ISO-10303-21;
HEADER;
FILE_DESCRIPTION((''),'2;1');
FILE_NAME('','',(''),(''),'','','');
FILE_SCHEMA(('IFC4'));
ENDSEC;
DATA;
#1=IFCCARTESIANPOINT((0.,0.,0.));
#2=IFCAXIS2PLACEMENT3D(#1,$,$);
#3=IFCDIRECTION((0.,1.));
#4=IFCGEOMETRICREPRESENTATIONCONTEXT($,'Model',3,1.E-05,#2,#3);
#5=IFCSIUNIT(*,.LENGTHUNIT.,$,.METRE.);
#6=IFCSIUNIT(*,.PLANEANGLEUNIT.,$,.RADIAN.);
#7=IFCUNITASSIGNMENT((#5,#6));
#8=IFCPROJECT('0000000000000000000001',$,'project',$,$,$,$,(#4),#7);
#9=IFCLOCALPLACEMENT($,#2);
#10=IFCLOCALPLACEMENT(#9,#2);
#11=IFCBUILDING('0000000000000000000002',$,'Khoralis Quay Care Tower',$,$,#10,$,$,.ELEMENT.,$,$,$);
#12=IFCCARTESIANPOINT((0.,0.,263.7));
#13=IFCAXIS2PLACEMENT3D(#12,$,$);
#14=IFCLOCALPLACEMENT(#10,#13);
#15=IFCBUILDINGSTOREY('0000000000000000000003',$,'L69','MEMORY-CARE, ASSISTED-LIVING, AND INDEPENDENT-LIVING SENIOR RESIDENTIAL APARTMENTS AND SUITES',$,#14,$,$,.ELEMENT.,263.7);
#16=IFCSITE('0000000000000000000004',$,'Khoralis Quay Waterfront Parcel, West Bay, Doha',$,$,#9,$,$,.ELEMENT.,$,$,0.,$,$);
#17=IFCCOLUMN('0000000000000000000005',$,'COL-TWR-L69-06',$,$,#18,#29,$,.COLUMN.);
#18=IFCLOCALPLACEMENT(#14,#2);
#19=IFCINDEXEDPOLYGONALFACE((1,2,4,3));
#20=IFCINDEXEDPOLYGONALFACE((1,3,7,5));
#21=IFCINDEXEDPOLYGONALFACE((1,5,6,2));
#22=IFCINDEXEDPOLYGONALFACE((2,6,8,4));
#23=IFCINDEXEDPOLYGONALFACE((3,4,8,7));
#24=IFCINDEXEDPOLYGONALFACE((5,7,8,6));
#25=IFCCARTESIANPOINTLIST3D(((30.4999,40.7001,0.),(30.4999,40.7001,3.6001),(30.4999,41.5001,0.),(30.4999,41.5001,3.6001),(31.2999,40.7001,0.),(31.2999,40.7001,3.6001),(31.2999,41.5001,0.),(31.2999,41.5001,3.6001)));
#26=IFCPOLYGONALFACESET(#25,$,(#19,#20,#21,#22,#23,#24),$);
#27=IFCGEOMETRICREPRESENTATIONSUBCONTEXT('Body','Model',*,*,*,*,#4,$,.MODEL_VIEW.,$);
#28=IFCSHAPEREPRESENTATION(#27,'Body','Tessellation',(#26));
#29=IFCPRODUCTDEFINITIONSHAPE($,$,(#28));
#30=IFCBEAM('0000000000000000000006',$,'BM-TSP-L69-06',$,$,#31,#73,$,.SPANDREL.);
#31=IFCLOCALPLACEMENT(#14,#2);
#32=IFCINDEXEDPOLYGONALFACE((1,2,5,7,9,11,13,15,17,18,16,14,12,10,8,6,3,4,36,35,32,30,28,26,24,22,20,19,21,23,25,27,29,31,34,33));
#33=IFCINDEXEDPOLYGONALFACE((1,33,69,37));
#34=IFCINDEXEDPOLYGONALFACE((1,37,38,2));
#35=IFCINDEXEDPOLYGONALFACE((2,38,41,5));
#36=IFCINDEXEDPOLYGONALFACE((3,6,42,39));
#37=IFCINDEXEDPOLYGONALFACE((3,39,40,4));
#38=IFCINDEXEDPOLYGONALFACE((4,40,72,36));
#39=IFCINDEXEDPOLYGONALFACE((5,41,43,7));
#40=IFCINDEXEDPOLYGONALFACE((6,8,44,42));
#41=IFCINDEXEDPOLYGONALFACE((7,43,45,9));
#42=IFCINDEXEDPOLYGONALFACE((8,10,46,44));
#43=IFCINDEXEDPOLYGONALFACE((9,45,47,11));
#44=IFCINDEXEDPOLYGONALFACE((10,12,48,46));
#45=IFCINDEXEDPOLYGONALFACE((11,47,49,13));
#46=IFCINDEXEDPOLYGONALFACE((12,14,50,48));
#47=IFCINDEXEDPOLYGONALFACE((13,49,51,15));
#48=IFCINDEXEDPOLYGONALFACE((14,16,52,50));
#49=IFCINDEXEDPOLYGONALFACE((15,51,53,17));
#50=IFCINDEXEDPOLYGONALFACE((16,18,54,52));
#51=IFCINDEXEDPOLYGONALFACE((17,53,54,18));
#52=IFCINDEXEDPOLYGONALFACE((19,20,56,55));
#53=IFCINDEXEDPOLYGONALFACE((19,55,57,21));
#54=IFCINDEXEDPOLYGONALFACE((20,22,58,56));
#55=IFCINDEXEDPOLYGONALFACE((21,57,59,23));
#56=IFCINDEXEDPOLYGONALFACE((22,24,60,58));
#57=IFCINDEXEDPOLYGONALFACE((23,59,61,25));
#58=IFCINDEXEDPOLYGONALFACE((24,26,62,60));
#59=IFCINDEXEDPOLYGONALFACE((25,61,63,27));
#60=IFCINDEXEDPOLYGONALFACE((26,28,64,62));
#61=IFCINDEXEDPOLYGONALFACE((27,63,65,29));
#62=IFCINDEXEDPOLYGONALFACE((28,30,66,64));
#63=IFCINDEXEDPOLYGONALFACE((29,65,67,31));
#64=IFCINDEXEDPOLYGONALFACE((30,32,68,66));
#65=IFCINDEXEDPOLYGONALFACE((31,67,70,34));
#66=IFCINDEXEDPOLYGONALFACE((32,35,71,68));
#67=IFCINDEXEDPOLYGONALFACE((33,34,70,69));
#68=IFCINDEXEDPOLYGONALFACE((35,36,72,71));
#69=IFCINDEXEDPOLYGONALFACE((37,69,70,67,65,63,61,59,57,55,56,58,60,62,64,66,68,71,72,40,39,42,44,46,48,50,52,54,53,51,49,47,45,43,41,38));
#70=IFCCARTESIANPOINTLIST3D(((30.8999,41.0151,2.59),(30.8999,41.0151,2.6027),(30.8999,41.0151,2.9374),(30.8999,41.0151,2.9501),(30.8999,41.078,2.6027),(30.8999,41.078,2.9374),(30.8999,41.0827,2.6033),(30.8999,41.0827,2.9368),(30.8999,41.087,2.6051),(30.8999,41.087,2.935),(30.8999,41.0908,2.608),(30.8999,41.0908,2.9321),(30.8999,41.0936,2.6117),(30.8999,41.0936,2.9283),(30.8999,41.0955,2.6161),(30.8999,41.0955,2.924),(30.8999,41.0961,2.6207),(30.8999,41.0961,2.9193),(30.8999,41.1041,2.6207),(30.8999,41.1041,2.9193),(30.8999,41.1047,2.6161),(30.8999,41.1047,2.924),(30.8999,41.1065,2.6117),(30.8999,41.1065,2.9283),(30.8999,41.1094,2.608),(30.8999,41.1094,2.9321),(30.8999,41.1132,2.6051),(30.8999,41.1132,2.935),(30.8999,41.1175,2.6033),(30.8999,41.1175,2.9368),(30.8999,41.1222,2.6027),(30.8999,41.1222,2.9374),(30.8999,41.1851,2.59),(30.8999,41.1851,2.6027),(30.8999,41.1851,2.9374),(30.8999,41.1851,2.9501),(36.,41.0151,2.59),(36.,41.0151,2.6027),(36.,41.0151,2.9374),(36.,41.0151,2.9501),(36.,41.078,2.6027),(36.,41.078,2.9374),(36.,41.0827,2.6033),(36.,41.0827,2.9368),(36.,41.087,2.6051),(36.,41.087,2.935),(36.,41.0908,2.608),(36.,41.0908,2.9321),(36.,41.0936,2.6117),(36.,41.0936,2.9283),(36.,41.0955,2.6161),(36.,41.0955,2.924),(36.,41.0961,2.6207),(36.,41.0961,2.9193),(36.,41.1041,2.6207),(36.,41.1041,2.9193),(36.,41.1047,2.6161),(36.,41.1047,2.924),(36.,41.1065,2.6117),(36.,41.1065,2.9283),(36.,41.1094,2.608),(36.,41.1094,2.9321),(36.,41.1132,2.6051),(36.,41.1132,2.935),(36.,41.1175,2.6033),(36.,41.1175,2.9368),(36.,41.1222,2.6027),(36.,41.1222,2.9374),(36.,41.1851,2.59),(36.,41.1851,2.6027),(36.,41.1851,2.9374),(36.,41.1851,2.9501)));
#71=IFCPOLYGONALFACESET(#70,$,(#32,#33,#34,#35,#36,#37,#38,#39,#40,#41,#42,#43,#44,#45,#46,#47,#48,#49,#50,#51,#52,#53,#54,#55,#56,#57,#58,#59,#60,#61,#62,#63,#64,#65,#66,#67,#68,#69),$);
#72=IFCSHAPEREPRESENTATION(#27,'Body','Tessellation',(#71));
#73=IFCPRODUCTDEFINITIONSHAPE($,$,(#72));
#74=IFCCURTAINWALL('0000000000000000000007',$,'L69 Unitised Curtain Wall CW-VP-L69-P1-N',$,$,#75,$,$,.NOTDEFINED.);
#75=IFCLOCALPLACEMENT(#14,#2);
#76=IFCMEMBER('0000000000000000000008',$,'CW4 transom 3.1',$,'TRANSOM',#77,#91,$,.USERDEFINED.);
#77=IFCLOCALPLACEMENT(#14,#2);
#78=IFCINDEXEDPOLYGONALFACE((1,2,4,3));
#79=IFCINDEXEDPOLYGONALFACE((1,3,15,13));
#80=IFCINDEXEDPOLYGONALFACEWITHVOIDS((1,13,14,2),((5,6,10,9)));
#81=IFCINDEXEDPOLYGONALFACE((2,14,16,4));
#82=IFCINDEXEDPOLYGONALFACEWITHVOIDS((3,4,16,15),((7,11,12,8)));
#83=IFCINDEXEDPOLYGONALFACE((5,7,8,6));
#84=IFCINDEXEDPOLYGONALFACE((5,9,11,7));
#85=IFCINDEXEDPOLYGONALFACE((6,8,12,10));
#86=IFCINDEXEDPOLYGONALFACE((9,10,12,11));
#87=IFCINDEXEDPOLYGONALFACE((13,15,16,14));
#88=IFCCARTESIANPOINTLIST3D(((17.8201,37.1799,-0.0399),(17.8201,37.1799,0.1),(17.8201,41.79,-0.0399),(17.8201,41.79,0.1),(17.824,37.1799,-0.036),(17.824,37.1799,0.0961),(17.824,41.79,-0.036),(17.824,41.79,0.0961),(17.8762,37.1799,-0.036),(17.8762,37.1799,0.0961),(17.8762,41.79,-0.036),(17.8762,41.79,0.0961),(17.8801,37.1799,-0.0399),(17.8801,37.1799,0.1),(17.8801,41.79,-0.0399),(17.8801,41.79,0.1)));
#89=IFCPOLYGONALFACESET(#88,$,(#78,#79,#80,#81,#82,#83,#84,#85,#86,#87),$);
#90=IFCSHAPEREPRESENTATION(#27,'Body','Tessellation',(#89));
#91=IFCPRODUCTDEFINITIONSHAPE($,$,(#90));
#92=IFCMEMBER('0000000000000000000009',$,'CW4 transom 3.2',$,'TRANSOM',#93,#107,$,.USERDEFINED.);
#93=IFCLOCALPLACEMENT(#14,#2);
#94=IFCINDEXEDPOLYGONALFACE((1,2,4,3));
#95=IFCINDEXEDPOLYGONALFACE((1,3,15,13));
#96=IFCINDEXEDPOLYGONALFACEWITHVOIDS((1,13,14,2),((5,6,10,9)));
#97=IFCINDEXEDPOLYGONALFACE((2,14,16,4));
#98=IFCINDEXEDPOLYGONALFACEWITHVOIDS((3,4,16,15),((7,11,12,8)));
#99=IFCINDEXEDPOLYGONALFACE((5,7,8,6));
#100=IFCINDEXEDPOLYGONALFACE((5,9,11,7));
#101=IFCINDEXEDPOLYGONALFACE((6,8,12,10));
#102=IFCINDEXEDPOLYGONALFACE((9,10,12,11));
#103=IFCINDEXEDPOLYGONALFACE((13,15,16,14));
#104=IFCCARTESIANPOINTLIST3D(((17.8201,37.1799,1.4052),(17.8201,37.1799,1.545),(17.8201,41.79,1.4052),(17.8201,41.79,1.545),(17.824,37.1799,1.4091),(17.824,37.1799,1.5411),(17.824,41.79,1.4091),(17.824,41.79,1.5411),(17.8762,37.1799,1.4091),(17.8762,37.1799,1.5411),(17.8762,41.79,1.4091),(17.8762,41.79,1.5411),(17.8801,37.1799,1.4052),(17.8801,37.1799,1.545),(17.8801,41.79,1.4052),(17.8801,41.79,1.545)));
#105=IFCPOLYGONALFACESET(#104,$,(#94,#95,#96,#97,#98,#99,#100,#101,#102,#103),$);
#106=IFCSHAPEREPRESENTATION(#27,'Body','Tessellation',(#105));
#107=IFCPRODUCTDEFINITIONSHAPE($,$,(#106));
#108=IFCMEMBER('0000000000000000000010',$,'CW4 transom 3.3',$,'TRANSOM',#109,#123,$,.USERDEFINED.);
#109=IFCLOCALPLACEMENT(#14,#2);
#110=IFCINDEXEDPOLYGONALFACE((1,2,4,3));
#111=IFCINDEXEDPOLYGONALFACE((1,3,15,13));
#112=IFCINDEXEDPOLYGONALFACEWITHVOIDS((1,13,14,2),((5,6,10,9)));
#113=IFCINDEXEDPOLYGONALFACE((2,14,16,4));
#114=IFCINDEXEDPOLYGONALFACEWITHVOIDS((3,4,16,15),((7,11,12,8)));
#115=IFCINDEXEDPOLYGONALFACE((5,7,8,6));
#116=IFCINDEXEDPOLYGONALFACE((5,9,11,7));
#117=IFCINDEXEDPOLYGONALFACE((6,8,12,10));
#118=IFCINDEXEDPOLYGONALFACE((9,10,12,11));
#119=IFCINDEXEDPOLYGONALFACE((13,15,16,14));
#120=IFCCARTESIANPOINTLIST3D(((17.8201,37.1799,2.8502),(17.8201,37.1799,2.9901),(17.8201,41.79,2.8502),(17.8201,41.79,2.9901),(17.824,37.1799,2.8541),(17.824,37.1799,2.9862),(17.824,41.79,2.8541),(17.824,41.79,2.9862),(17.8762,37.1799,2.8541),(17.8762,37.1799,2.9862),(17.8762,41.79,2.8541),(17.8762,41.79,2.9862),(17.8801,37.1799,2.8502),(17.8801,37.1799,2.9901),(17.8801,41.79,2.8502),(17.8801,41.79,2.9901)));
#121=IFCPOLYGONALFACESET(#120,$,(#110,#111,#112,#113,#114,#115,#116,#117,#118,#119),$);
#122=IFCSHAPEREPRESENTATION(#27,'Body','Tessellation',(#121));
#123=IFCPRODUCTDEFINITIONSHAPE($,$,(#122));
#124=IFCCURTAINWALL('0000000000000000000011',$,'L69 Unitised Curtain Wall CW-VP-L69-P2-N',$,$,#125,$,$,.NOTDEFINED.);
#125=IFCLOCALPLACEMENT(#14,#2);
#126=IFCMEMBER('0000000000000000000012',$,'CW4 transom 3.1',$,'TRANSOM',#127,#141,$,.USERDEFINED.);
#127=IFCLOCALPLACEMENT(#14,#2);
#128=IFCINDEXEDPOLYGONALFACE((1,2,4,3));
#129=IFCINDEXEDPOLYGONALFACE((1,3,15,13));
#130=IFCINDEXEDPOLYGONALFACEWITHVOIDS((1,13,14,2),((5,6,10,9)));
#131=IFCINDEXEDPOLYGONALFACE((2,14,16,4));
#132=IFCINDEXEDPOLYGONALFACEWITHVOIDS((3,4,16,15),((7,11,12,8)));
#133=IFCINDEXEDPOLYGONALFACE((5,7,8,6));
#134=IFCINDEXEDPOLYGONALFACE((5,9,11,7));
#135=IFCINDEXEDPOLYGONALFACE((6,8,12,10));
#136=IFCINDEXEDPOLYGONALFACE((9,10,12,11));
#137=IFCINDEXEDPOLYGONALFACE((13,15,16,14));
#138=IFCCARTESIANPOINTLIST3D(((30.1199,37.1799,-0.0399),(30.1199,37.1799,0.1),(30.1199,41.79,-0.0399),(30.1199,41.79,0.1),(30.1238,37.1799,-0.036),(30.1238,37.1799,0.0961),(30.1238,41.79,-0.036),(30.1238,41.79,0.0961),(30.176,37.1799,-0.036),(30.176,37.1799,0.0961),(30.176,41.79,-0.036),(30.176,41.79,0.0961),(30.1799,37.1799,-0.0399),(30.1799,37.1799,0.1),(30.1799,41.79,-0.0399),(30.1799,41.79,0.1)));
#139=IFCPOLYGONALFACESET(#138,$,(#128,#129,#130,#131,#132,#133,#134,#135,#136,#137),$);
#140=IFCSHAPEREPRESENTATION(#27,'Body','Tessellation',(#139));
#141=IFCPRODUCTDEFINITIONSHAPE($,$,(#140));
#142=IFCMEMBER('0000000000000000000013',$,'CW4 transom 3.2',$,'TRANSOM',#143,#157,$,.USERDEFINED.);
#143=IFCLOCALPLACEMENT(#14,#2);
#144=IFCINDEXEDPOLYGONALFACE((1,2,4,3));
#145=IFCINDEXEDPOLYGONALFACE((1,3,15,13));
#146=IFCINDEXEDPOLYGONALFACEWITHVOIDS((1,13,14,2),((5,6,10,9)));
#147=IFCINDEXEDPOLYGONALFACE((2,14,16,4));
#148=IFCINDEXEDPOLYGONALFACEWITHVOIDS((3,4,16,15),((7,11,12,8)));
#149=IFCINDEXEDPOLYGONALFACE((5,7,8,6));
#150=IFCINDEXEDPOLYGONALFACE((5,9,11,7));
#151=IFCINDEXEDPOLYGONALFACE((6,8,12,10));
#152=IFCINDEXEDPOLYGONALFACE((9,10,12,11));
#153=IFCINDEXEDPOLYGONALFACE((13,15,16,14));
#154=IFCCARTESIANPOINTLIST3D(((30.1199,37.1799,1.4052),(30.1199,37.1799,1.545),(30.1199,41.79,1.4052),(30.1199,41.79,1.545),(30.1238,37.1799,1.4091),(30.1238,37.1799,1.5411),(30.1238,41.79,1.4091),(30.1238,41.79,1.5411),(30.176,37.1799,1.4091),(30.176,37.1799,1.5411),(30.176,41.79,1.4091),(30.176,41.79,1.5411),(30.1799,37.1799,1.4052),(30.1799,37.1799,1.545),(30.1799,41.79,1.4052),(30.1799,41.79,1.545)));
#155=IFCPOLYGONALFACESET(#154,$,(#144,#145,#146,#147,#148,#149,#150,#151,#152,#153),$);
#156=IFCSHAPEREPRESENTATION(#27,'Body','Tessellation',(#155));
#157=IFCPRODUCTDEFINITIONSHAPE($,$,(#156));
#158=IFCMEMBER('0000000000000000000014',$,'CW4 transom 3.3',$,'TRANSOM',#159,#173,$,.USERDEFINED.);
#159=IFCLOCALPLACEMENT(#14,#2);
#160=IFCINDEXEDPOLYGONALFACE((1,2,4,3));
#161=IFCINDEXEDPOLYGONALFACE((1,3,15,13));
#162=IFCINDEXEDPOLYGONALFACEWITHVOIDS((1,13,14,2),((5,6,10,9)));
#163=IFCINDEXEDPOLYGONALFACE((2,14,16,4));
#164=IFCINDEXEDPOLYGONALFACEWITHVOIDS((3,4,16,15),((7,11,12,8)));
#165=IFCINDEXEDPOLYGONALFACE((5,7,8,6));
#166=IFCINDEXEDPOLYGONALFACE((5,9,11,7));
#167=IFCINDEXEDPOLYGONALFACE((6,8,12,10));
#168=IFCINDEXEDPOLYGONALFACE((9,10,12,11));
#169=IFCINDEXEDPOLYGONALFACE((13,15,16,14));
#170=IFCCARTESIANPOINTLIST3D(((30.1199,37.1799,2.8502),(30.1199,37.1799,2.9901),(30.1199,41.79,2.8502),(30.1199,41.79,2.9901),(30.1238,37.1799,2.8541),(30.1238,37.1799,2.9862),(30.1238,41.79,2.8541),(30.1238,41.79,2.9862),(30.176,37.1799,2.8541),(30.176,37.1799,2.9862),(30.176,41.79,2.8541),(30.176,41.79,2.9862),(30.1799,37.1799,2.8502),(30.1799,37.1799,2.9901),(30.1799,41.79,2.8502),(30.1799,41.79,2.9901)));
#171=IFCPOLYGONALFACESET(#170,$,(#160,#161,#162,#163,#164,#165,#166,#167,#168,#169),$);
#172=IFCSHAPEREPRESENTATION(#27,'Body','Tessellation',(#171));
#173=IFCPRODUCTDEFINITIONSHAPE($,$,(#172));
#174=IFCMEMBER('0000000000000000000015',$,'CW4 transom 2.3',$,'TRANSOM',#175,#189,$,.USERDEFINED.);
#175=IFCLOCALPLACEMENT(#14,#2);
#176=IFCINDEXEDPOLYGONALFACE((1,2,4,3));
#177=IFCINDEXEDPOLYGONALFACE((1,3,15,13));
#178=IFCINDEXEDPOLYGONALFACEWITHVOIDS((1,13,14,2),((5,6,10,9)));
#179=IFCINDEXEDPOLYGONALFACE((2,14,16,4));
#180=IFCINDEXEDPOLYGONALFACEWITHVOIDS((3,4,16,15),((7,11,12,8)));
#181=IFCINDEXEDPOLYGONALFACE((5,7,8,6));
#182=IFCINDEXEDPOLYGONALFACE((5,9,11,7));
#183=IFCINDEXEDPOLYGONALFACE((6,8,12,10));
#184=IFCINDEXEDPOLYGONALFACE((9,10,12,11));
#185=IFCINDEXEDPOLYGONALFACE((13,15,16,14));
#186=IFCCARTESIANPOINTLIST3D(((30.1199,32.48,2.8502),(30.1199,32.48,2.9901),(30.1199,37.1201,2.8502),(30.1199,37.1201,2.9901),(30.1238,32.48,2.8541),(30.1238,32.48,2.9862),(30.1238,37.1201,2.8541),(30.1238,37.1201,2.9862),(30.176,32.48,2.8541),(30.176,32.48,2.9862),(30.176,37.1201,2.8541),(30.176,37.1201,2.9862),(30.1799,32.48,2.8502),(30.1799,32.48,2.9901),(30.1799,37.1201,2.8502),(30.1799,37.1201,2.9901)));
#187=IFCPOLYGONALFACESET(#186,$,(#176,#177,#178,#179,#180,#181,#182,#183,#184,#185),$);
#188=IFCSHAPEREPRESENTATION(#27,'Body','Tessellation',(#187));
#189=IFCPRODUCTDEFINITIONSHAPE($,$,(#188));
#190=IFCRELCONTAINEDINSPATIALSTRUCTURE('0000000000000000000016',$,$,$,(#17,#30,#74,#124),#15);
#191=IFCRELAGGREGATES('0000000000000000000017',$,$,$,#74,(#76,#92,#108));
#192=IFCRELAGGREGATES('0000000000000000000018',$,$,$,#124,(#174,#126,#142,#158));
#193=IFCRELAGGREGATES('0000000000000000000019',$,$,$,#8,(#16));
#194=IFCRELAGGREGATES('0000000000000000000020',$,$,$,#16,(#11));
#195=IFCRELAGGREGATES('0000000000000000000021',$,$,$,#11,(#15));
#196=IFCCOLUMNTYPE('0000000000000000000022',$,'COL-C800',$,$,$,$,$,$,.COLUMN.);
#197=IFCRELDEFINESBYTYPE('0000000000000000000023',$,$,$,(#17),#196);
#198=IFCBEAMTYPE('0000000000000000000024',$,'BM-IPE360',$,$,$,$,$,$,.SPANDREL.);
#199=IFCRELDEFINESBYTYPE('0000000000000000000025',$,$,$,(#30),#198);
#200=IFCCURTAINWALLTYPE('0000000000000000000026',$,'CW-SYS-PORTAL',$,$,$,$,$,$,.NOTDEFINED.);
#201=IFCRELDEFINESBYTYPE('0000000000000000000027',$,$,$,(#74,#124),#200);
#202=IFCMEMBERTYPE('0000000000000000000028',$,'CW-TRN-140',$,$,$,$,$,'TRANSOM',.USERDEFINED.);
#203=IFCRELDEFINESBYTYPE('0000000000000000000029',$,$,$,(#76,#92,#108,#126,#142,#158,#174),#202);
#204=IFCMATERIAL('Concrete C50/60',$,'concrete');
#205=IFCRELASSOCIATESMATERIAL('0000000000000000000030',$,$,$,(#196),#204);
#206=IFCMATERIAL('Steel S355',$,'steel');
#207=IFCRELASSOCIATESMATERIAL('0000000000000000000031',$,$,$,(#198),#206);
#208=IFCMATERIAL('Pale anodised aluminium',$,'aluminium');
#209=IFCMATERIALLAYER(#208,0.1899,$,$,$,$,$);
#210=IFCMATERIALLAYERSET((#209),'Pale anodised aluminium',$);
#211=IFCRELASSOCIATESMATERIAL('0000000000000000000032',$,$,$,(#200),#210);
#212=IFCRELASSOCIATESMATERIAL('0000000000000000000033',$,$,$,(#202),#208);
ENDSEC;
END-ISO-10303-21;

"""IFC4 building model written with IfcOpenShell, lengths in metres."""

from ifc_helpers import new_model, si_unit, direction, frame, origin, origin_2d, place, context, subcontext, project, spatial, rectangle, hollow_rectangle, i_section, extrude, source, transform, mapped, material, layer, layer_set, material_profile, profile_set, type_object, element, aggregate, save


model = new_model("IFC4")

# Units and contexts
model_context = context("Model", 3, precision=1e-05, world=origin(), true_north=direction((0.0, 1.0)))
body_context = subcontext(model_context, "Body", "Model", "MODEL_VIEW")
ifc_project = project(units=[si_unit("LENGTHUNIT", "METRE"), si_unit("PLANEANGLEUNIT", "RADIAN")], contexts=[model_context])

# Site, building, storey
site_placement = place(None, origin())
site = spatial("IfcSite", under=ifc_project, at=site_placement, Name="Khoralis Quay Waterfront Parcel, West Bay, Doha", CompositionType="ELEMENT", RefElevation=0.0)
building_placement = place(site_placement, origin())
building = spatial("IfcBuilding", under=site, at=building_placement, Name="Khoralis Quay Care Tower", CompositionType="ELEMENT")
storey_placement = place(building_placement, frame((0.0, 0.0, 263.7)))
storey = spatial("IfcBuildingStorey", under=building, at=storey_placement, Name="L69", Description="MEMORY-CARE, ASSISTED-LIVING, AND INDEPENDENT-LIVING SENIOR RESIDENTIAL APARTMENTS AND SUITES", CompositionType="ELEMENT", Elevation=263.7)

# Column
ifc_material_1 = material(Name="Concrete C50/60", Category="concrete")
ifc_material_profile_1 = material_profile(ifc_material_1, rectangle(XDim=0.8, YDim=0.8, at=origin_2d()), Name="Concrete C50/60")
ifc_profile_set_1 = profile_set([ifc_material_profile_1], Name="Concrete C50/60")
column_type = type_object("IfcColumnType", Name="COL-C800", PredefinedType="COLUMN", material=ifc_profile_set_1)
shared_shape_1 = source(origin(), body_context, "Body", "SweptSolid", [
    extrude(rectangle(XDim=0.8, YDim=0.8, at=origin_2d()), origin(), (0.0, 0.0, 1.0), 3.6001),
])
column_placement = place(storey_placement, frame((30.8999, 41.1001, 0.0), z_axis=(0.0, 0.0, 1.0), x_axis=(1.0, 0.0, 0.0)))
element("IfcColumn", 1, at=column_placement, inside=storey, type_object=column_type, Name="COL-TWR-L69-06", PredefinedType="COLUMN", context=body_context, shape_type="MappedRepresentation", body=[
    mapped(shared_shape_1, transform((0.0, 0.0, 0.0), scale=1.0)),
])

# Beam
ifc_material_2 = material(Name="Steel S355", Category="steel")
ifc_material_profile_2 = material_profile(ifc_material_2, i_section(OverallWidth=0.1699, OverallDepth=0.3601, WebThickness=0.0081, FlangeThickness=0.0127, FilletRadius=0.0181, at=origin_2d()), Name="Steel S355")
ifc_profile_set_2 = profile_set([ifc_material_profile_2], Name="Steel S355")
beam_type = type_object("IfcBeamType", Name="BM-IPE360", PredefinedType="SPANDREL", material=ifc_profile_set_2)
shared_shape_2 = source(origin(), body_context, "Body", "SweptSolid", [
    extrude(i_section(OverallWidth=0.1699, OverallDepth=0.3601, WebThickness=0.0081, FlangeThickness=0.0127, FilletRadius=0.0181, at=origin_2d()), origin(), (0.0, 0.0, 1.0), 5.1001),
])
beam_placement = place(storey_placement, frame((30.8999, 41.1001, 2.77), z_axis=(1.0, 0.0, 0.0), x_axis=(0.0, 1.0, 0.0)))
element("IfcBeam", 2, at=beam_placement, inside=storey, type_object=beam_type, Name="BM-TSP-L69-06", PredefinedType="SPANDREL", context=body_context, shape_type="MappedRepresentation", body=[
    mapped(shared_shape_2, transform((0.0, 0.0, 0.0), scale=1.0)),
])

# Curtain walls, members
ifc_material_3 = material(Name="Pale anodised aluminium", Category="aluminium")
ifc_layer_1 = layer(ifc_material_3, 0.1899)
ifc_layer_set_1 = layer_set([ifc_layer_1], Name="Pale anodised aluminium")
curtain_wall_type = type_object("IfcCurtainWallType", Name="CW-SYS-PORTAL", PredefinedType="NOTDEFINED", material=ifc_layer_set_1)
curtain_wall_1_placement = place(storey_placement, origin())
curtain_wall_1 = element("IfcCurtainWall", 3, at=curtain_wall_1_placement, inside=storey, type_object=curtain_wall_type, Name="L69 Unitised Curtain Wall CW-VP-L69-P1-N", PredefinedType="NOTDEFINED")
ifc_material_profile_3 = material_profile(ifc_material_3, hollow_rectangle(XDim=0.0601, YDim=0.1399, WallThickness=0.0039, at=origin_2d()), Name="Pale anodised aluminium")
ifc_profile_set_3 = profile_set([ifc_material_profile_3], Name="Pale anodised aluminium")
member_type_1 = type_object("IfcMemberType", Name="CW-TRN-140", ElementType="TRANSOM", PredefinedType="USERDEFINED", material=ifc_profile_set_3)
shared_shape_3 = source(origin(), body_context, "Body", "SweptSolid", [
    extrude(hollow_rectangle(XDim=0.0601, YDim=0.1399, WallThickness=0.0039, at=origin_2d()), origin(), (0.0, 0.0, 1.0), 4.6101),
])
member_1_placement = place(storey_placement, frame((17.8501, 37.1799, 0.03), z_axis=(0.0, 1.0, 0.0), x_axis=(-1.0, 0.0, 0.0)))
member_1 = element("IfcMember", 4, at=member_1_placement, type_object=member_type_1, Name="CW4 transom 3.1", ObjectType="TRANSOM", PredefinedType="USERDEFINED", context=body_context, shape_type="MappedRepresentation", body=[
    mapped(shared_shape_3, transform((0.0, 0.0, 0.0), scale=1.0)),
])
member_2_placement = place(storey_placement, frame((17.8501, 37.1799, 1.4751), z_axis=(0.0, 1.0, 0.0), x_axis=(-1.0, 0.0, 0.0)))
member_2 = element("IfcMember", 5, at=member_2_placement, type_object=member_type_1, Name="CW4 transom 3.2", ObjectType="TRANSOM", PredefinedType="USERDEFINED", context=body_context, shape_type="MappedRepresentation", body=[
    mapped(shared_shape_3, transform((0.0, 0.0, 0.0), scale=1.0)),
])
member_3_placement = place(storey_placement, frame((17.8501, 37.1799, 2.9202), z_axis=(0.0, 1.0, 0.0), x_axis=(-1.0, 0.0, 0.0)))
member_3 = element("IfcMember", 6, at=member_3_placement, type_object=member_type_1, Name="CW4 transom 3.3", ObjectType="TRANSOM", PredefinedType="USERDEFINED", context=body_context, shape_type="MappedRepresentation", body=[
    mapped(shared_shape_3, transform((0.0, 0.0, 0.0), scale=1.0)),
])
curtain_wall_2_placement = place(storey_placement, origin())
curtain_wall_2 = element("IfcCurtainWall", 7, at=curtain_wall_2_placement, inside=storey, type_object=curtain_wall_type, Name="L69 Unitised Curtain Wall CW-VP-L69-P2-N", PredefinedType="NOTDEFINED")
member_4_placement = place(storey_placement, frame((30.1499, 37.1799, 0.03), z_axis=(0.0, 1.0, 0.0), x_axis=(-1.0, 0.0, 0.0)))
member_4 = element("IfcMember", 8, at=member_4_placement, type_object=member_type_1, Name="CW4 transom 3.1", ObjectType="TRANSOM", PredefinedType="USERDEFINED", context=body_context, shape_type="MappedRepresentation", body=[
    mapped(shared_shape_3, transform((0.0, 0.0, 0.0), scale=1.0)),
])
member_5_placement = place(storey_placement, frame((30.1499, 37.1799, 1.4751), z_axis=(0.0, 1.0, 0.0), x_axis=(-1.0, 0.0, 0.0)))
member_5 = element("IfcMember", 9, at=member_5_placement, type_object=member_type_1, Name="CW4 transom 3.2", ObjectType="TRANSOM", PredefinedType="USERDEFINED", context=body_context, shape_type="MappedRepresentation", body=[
    mapped(shared_shape_3, transform((0.0, 0.0, 0.0), scale=1.0)),
])
member_6_placement = place(storey_placement, frame((30.1499, 37.1799, 2.9202), z_axis=(0.0, 1.0, 0.0), x_axis=(-1.0, 0.0, 0.0)))
member_6 = element("IfcMember", 10, at=member_6_placement, type_object=member_type_1, Name="CW4 transom 3.3", ObjectType="TRANSOM", PredefinedType="USERDEFINED", context=body_context, shape_type="MappedRepresentation", body=[
    mapped(shared_shape_3, transform((0.0, 0.0, 0.0), scale=1.0)),
])
shared_shape_4 = source(origin(), body_context, "Body", "SweptSolid", [
    extrude(hollow_rectangle(XDim=0.0601, YDim=0.1399, WallThickness=0.0039, at=origin_2d()), origin(), (0.0, 0.0, 1.0), 4.6401),
])
member_7_placement = place(storey_placement, frame((30.1499, 32.48, 2.9202), z_axis=(0.0, 1.0, 0.0), x_axis=(-1.0, 0.0, 0.0)))
member_7 = element("IfcMember", 11, at=member_7_placement, type_object=member_type_1, Name="CW4 transom 2.3", ObjectType="TRANSOM", PredefinedType="USERDEFINED", context=body_context, shape_type="MappedRepresentation", body=[
    mapped(shared_shape_4, transform((0.0, 0.0, 0.0), scale=1.0)),
])

aggregate(curtain_wall_1, [member_1, member_2, member_3])
aggregate(curtain_wall_2, [member_7, member_4, member_5, member_6])

save(model, "model.ifc")
